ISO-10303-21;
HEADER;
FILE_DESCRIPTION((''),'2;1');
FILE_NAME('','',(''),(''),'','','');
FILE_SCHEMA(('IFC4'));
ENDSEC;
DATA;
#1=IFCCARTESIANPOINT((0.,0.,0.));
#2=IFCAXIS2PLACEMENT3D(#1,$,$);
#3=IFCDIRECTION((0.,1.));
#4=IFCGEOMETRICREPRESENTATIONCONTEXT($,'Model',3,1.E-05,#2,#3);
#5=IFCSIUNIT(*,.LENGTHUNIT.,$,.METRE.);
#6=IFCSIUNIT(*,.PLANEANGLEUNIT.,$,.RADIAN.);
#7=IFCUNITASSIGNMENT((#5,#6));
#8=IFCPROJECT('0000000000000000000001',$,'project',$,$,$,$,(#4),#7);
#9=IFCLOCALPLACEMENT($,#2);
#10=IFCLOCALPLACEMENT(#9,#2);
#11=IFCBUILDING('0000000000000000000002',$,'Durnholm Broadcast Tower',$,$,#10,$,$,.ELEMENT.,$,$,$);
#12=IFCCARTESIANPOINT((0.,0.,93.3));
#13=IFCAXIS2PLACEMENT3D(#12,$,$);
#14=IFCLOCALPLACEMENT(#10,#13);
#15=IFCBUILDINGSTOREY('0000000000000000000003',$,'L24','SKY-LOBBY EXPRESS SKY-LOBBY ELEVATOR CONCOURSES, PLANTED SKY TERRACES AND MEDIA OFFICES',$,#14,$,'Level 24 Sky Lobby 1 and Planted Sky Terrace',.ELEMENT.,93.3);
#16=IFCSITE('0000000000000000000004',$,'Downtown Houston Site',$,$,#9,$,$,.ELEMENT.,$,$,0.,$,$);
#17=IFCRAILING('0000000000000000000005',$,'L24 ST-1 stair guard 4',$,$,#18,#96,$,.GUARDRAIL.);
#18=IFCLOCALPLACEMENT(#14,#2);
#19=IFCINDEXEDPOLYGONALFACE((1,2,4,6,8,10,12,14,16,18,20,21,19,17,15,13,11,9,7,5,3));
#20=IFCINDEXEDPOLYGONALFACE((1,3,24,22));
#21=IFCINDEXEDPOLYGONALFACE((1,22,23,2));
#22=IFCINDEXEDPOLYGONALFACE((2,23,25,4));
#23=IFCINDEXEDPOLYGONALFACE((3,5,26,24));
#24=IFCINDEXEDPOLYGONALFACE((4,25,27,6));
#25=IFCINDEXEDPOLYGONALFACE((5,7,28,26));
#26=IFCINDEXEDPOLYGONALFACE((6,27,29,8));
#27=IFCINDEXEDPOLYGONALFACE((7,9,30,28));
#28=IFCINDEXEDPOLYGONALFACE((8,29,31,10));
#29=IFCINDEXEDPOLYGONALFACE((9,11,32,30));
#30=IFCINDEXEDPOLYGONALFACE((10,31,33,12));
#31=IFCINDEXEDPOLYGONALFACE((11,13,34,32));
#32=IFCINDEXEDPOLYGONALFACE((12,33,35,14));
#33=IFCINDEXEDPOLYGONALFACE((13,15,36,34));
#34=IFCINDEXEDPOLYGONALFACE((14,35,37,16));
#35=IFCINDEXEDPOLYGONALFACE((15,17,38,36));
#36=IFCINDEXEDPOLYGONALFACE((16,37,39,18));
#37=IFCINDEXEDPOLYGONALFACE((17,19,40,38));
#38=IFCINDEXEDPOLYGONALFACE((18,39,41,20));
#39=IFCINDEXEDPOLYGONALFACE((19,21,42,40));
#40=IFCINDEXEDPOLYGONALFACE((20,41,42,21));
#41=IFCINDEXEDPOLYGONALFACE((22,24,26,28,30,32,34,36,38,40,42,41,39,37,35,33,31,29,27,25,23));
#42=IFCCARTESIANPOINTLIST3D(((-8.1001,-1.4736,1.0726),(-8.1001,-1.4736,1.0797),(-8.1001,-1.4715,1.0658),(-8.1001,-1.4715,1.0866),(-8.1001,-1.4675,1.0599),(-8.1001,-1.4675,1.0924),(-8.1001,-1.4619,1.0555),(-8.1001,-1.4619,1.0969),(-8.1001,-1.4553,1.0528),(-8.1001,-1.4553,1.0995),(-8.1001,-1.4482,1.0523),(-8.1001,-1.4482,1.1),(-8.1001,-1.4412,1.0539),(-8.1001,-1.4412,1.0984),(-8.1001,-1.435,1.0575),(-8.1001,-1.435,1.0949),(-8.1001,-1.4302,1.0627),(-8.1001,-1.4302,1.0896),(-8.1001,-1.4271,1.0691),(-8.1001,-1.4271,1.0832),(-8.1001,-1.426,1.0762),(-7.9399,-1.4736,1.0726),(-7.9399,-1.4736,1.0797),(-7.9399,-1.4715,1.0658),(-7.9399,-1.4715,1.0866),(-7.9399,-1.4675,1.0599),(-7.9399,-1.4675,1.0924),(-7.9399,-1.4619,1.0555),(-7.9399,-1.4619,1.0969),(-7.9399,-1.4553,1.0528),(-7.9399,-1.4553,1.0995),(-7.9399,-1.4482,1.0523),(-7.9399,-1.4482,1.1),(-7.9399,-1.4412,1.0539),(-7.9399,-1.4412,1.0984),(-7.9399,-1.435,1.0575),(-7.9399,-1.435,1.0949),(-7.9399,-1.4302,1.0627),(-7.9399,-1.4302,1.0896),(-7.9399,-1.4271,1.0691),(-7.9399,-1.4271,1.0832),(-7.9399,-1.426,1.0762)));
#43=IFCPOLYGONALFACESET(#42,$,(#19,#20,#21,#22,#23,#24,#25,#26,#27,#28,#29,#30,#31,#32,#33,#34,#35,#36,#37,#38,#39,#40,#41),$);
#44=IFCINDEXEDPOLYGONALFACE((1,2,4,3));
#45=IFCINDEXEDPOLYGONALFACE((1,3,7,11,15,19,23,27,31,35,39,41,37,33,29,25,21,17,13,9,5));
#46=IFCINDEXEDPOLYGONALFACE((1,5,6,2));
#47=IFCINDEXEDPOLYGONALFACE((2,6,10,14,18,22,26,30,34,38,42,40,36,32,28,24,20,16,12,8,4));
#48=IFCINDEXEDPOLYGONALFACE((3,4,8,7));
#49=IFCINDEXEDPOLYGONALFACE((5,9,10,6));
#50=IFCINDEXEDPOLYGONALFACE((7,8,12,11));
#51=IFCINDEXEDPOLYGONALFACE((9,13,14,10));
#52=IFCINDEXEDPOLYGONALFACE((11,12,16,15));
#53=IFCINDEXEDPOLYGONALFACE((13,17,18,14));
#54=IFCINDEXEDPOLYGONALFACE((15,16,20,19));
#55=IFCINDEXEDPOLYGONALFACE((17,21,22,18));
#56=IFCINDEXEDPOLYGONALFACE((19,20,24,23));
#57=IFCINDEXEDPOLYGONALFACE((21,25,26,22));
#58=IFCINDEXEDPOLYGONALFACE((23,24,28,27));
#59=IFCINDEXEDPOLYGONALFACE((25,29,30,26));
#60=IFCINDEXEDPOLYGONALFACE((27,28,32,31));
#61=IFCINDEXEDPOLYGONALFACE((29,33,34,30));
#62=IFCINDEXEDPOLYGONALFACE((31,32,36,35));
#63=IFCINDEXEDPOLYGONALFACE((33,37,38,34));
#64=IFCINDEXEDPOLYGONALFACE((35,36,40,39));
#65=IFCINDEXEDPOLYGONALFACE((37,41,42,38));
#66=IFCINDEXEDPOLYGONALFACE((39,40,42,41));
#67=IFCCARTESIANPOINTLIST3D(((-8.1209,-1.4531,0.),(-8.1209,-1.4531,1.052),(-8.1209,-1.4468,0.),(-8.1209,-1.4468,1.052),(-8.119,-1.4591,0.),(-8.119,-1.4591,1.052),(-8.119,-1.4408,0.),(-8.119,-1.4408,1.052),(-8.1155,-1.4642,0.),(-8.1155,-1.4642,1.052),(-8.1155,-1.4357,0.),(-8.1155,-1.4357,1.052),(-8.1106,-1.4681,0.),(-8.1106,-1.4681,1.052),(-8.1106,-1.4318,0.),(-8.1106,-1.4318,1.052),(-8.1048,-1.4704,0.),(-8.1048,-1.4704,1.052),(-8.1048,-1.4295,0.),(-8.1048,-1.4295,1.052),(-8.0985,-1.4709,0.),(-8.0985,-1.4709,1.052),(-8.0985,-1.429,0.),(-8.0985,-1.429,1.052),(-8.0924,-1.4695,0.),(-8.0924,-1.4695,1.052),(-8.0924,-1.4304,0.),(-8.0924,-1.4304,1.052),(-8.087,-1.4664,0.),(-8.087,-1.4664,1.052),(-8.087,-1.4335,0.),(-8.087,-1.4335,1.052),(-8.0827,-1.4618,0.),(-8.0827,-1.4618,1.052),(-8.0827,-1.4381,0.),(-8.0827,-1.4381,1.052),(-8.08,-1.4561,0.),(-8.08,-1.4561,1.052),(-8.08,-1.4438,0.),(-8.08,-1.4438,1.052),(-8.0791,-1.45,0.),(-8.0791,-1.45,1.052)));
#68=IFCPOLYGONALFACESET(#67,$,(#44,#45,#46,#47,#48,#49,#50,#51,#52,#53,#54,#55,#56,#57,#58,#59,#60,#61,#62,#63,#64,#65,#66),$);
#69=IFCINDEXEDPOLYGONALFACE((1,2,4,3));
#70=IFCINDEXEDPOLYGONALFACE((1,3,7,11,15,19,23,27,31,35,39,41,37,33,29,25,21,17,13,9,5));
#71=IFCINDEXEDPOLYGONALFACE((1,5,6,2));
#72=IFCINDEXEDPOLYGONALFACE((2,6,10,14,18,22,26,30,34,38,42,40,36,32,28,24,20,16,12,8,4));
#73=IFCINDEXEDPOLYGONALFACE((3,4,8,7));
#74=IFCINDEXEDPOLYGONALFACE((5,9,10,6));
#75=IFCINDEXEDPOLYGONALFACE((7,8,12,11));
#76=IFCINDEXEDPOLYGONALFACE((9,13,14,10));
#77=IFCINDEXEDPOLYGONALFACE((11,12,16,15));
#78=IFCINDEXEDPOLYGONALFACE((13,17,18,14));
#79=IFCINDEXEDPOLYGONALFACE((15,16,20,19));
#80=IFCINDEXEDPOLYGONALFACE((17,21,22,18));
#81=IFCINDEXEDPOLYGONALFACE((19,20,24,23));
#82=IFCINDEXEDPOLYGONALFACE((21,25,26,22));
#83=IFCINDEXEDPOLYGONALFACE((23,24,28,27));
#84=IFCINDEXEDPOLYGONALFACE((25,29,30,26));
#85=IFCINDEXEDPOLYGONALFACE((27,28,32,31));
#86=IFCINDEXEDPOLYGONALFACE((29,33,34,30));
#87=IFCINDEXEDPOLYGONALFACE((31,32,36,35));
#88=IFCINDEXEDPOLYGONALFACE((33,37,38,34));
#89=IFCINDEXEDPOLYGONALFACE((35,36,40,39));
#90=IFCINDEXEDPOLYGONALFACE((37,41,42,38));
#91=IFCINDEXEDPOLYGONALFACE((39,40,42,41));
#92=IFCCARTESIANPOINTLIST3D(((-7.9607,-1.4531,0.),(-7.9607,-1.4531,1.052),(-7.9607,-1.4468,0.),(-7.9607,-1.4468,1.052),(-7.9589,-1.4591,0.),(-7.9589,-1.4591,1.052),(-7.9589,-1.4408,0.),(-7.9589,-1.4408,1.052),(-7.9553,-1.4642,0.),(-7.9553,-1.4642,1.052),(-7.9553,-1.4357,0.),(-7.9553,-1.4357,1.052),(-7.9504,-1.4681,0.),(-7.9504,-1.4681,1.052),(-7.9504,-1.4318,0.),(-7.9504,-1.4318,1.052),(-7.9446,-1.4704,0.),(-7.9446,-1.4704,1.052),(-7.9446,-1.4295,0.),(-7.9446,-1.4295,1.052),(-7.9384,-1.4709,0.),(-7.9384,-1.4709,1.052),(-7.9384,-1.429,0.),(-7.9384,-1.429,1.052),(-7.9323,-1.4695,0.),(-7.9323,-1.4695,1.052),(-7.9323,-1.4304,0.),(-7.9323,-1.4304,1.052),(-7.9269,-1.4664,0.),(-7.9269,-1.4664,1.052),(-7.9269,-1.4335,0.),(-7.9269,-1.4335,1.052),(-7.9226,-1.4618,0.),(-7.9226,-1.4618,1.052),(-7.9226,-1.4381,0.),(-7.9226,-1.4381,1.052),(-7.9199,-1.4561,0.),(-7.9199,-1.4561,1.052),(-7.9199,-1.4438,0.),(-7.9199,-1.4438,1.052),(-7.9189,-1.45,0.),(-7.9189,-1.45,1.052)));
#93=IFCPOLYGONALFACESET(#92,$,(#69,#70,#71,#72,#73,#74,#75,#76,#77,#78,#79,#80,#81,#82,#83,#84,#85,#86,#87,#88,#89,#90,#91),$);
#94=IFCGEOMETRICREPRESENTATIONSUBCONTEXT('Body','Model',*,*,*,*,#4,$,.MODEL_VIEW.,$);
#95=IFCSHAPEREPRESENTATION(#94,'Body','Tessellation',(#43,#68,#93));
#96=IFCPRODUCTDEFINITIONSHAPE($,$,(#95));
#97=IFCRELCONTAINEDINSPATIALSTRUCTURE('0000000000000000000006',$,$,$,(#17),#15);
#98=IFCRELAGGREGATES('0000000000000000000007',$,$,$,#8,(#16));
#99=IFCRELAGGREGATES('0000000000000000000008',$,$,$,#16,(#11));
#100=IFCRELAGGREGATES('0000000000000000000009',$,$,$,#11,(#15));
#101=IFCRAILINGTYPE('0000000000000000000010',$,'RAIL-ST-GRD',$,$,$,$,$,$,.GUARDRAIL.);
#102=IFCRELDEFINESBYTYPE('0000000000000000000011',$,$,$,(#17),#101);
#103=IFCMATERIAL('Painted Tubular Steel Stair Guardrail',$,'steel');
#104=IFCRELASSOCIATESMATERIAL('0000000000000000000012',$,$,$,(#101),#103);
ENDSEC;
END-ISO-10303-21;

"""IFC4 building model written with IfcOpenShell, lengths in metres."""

from ifc_helpers import new_model, si_unit, direction, frame, origin, origin_2d, place, context, subcontext, project, spatial, circle, extrude, material, type_object, element, save


model = new_model("IFC4")

# Units and contexts
model_context = context("Model", 3, precision=1e-05, world=origin(), true_north=direction((0.0, 1.0)))
body_context = subcontext(model_context, "Body", "Model", "MODEL_VIEW")
ifc_project = project(units=[si_unit("LENGTHUNIT", "METRE"), si_unit("PLANEANGLEUNIT", "RADIAN")], contexts=[model_context])

# Site, building, storey
site_placement = place(None, origin())
site = spatial("IfcSite", under=ifc_project, at=site_placement, Name="Downtown Houston Site", CompositionType="ELEMENT", RefElevation=0.0)
building_placement = place(site_placement, origin())
building = spatial("IfcBuilding", under=site, at=building_placement, Name="Durnholm Broadcast Tower", CompositionType="ELEMENT")
storey_placement = place(building_placement, frame((0.0, 0.0, 93.3)))
storey = spatial("IfcBuildingStorey", under=building, at=storey_placement, Name="L24", Description="SKY-LOBBY EXPRESS SKY-LOBBY ELEVATOR CONCOURSES, PLANTED SKY TERRACES AND MEDIA OFFICES", LongName="Level 24 Sky Lobby 1 and Planted Sky Terrace", CompositionType="ELEMENT", Elevation=93.3)

# Railing
ifc_material_1 = material(Name="Painted Tubular Steel Stair Guardrail", Category="steel")
railing_type_1 = type_object("IfcRailingType", Name="RAIL-ST-GRD", PredefinedType="GUARDRAIL", material=ifc_material_1)
railing_1_placement = place(storey_placement, frame((-8.1001, -1.45, 0.0)))
element("IfcRailing", 1, at=railing_1_placement, inside=storey, type_object=railing_type_1, Name="L24 ST-1 stair guard 4", PredefinedType="GUARDRAIL", context=body_context, shape_type="SweptSolid", body=[
    extrude(circle(Radius=0.0239, at=origin_2d()), frame((0.0, 0.0, 1.0762), z_axis=(1.0, 0.0, 0.0), x_axis=(0.0, 1.0, 0.0)), (0.0, 0.0, 1.0), 0.1602),
    extrude(circle(Radius=0.021, at=origin_2d()), origin(), (0.0, 0.0, 1.0), 1.052),
    extrude(circle(Radius=0.021, at=origin_2d()), frame((0.1602, 0.0, 0.0)), (0.0, 0.0, 1.0), 1.052),
])

save(model, "model.ifc")
